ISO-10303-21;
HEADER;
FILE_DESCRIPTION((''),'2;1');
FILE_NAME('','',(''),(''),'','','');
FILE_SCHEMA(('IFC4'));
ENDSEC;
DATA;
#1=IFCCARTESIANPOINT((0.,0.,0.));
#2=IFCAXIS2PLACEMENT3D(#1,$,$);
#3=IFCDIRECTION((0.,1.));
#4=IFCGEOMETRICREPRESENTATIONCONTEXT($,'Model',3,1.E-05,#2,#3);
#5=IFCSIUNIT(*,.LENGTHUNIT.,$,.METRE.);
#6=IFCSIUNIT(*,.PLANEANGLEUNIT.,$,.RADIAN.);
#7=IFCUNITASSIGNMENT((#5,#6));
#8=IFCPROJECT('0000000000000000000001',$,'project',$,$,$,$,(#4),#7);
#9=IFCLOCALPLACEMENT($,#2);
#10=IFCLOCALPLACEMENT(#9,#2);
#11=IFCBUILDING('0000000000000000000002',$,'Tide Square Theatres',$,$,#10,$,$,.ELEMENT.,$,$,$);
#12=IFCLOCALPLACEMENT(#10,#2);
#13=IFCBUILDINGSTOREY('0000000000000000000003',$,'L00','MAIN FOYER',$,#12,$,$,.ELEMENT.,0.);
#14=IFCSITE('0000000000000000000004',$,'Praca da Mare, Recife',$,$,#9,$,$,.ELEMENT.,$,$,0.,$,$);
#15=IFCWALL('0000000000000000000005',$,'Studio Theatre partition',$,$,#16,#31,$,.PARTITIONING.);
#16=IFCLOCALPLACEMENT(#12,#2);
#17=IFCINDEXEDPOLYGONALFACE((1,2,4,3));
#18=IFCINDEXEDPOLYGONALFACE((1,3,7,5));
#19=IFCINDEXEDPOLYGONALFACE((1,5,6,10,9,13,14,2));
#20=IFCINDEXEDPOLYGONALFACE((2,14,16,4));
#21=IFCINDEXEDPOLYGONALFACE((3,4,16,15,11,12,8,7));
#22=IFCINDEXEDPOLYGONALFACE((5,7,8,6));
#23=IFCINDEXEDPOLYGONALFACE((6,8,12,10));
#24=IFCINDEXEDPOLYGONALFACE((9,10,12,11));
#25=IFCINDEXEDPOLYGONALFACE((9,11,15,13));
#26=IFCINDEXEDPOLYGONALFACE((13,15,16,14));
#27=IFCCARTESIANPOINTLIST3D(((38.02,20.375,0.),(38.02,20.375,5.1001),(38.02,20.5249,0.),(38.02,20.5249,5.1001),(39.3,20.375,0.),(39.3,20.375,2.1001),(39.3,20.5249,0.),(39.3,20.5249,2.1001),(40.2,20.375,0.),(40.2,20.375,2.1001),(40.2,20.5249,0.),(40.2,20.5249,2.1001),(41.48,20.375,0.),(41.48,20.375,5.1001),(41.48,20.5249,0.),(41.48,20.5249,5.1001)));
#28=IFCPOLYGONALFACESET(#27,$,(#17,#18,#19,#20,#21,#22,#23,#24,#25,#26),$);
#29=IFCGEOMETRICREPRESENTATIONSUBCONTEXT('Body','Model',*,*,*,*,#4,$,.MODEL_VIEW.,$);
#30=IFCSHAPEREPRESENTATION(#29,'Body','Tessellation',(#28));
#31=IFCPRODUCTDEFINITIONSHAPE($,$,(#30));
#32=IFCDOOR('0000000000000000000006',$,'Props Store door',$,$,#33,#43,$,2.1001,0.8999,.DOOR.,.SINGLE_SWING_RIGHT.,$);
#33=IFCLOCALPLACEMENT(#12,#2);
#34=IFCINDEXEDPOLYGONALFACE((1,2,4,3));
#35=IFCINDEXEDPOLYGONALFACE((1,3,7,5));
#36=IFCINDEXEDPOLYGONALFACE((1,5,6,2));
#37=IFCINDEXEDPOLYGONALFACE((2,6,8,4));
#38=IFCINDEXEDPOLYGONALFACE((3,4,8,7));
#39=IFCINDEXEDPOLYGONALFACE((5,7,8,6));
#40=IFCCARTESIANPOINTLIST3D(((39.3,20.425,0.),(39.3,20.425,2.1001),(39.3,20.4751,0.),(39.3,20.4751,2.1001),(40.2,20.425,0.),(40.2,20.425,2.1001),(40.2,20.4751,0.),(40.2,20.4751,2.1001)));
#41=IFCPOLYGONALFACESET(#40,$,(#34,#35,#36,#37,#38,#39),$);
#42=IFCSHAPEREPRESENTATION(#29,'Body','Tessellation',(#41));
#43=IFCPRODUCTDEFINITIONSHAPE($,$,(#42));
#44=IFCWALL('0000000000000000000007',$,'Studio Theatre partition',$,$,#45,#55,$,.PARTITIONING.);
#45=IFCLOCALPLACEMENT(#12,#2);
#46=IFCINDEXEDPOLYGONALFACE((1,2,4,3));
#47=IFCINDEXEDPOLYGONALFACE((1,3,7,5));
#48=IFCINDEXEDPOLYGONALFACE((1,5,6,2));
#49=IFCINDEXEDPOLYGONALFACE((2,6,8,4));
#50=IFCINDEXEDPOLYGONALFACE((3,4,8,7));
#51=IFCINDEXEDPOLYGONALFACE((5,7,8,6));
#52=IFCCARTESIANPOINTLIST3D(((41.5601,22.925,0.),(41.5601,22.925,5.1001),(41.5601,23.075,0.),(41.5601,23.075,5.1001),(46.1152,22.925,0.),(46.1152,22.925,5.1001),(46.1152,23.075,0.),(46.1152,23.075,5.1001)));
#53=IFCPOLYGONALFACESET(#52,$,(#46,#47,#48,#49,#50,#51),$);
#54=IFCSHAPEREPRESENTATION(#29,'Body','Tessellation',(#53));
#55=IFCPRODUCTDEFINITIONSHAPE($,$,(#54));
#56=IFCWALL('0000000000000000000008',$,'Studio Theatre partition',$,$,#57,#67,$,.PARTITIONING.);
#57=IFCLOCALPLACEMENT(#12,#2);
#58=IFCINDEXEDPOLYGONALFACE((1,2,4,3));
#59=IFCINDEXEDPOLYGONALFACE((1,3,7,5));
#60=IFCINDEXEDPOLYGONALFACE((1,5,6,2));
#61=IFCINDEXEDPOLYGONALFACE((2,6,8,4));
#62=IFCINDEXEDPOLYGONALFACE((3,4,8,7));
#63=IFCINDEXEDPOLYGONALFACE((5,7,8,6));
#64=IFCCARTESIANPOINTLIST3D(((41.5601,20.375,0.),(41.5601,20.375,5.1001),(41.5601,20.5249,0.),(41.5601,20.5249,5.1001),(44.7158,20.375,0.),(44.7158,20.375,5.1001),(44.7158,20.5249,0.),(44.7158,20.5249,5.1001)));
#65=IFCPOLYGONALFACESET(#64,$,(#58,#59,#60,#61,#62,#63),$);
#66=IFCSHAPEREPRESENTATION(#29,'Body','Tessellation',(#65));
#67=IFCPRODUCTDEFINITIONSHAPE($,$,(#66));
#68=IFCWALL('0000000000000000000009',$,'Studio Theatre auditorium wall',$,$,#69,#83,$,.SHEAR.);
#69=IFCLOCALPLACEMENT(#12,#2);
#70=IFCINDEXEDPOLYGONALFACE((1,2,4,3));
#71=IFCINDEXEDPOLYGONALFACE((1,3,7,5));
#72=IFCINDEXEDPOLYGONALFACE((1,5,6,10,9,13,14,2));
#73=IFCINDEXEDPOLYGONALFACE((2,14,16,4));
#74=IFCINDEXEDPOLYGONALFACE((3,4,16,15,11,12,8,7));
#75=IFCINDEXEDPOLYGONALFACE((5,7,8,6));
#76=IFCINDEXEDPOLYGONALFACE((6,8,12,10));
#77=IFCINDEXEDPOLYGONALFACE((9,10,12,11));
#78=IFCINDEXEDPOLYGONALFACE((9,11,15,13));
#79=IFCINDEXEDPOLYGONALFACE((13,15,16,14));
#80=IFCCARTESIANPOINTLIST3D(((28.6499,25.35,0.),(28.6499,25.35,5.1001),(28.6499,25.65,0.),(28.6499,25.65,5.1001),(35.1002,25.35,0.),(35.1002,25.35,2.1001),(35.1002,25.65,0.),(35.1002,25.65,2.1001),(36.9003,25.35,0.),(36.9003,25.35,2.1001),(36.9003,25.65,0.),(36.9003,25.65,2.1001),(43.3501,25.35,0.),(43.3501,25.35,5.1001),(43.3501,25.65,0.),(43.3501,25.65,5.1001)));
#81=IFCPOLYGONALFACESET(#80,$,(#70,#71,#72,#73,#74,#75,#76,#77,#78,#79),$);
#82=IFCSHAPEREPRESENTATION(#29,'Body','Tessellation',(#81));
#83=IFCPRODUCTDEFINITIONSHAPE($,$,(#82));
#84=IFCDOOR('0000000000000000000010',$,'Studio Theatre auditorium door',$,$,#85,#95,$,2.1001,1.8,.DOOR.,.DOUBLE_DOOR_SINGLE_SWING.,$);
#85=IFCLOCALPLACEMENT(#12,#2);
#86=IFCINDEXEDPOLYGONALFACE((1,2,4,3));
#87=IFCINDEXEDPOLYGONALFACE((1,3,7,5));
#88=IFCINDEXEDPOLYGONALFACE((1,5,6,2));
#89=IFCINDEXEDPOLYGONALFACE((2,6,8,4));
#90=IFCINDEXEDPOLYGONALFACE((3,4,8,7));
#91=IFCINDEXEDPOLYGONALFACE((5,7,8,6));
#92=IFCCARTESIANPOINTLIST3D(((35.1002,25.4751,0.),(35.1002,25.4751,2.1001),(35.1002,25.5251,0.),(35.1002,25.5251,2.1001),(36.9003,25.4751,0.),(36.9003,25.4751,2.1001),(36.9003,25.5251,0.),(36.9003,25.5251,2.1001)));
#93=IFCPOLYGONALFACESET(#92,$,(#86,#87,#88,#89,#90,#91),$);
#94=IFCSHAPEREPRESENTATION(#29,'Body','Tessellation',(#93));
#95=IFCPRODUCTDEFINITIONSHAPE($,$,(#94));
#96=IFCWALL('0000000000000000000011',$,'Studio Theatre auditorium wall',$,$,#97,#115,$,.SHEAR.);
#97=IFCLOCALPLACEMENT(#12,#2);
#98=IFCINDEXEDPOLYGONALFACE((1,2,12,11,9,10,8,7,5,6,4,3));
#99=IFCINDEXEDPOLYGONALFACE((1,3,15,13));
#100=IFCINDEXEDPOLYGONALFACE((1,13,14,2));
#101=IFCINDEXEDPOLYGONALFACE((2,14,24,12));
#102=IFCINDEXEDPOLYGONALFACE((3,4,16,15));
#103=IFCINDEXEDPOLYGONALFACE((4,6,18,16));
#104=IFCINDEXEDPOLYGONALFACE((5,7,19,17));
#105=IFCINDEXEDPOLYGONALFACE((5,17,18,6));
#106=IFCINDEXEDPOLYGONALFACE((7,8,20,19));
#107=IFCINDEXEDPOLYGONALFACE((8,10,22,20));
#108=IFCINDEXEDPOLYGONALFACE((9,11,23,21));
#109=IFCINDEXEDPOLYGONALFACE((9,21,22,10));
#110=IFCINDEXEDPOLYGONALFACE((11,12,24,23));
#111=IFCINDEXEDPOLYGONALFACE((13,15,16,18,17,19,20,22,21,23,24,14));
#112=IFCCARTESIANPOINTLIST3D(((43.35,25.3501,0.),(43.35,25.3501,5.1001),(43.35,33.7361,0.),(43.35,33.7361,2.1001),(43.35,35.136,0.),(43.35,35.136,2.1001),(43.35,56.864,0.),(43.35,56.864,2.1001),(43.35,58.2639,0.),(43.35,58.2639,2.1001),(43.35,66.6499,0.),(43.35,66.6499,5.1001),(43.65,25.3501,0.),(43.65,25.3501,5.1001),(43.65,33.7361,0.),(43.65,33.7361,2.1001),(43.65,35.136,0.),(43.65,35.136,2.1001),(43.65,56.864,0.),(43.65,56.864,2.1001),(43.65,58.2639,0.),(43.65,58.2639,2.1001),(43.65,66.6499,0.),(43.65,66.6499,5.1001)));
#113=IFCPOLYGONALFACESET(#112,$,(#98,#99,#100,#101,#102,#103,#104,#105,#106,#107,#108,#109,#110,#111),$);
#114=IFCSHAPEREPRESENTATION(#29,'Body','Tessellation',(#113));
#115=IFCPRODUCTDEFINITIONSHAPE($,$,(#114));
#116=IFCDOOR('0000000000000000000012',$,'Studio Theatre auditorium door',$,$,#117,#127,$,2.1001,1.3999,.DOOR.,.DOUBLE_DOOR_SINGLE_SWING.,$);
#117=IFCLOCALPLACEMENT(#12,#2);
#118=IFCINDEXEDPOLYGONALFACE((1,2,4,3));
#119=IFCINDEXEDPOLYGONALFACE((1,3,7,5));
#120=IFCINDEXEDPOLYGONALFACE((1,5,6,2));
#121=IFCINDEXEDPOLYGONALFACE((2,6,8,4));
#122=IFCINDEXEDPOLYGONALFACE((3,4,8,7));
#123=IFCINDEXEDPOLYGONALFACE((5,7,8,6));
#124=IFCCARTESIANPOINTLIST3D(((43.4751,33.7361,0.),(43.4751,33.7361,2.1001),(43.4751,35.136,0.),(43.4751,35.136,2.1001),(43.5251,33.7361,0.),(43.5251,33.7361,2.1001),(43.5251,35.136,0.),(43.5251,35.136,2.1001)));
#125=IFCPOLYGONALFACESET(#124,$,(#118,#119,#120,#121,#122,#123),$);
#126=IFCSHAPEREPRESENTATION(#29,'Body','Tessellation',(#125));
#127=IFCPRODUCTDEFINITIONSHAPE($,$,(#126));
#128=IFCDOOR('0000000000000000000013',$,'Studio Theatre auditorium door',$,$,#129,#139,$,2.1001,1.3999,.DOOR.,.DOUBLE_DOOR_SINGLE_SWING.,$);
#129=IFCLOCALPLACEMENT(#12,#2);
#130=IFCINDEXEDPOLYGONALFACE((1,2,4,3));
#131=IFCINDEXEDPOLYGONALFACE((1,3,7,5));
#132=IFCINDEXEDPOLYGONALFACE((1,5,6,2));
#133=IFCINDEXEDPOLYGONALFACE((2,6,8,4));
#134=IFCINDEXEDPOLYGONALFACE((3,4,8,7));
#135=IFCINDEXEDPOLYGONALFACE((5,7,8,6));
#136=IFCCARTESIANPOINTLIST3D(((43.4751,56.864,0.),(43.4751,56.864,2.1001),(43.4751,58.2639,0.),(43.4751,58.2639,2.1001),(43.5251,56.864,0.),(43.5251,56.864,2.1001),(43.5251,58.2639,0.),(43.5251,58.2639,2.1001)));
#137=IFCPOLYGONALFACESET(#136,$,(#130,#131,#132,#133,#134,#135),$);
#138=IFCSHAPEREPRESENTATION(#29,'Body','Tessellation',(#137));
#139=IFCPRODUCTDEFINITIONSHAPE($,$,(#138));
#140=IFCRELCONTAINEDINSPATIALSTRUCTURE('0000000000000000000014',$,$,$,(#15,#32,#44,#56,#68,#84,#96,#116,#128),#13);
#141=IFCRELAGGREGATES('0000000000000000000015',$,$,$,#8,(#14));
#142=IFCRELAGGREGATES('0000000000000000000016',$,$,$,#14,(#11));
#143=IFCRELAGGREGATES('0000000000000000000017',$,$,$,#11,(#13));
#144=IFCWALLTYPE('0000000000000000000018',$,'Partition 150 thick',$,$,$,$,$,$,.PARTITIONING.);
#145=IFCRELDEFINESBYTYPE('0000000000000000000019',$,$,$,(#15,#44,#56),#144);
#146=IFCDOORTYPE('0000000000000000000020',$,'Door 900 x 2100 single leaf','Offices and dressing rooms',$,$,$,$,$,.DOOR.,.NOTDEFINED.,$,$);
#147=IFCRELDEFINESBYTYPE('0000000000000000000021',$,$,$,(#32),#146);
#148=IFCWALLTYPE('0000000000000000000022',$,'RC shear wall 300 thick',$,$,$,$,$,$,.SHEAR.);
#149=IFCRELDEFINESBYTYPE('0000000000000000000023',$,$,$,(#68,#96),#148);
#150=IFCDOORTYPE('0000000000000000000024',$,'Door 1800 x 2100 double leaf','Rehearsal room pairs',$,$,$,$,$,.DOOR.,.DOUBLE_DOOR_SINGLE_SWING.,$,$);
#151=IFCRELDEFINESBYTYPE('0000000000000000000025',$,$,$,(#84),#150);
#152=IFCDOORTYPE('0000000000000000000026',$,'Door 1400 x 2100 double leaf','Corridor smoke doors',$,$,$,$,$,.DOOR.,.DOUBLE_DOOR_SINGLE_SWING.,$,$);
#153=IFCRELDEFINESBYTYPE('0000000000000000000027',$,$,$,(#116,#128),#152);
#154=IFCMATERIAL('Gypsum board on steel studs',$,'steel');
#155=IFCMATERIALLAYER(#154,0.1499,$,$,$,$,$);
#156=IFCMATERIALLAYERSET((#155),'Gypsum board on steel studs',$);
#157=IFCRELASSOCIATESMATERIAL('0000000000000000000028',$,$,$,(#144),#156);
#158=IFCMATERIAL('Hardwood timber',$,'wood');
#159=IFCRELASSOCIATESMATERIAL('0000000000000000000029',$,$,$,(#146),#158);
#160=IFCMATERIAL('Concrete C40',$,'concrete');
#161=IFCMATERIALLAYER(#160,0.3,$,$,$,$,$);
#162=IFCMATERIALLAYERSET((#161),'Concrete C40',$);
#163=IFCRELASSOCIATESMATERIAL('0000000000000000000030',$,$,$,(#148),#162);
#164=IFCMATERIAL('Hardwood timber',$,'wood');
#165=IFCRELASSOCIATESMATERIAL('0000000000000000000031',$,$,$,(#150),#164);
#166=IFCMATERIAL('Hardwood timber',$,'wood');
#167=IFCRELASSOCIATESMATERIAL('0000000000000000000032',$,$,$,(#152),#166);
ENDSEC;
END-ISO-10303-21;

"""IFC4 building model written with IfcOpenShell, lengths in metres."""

from ifc_helpers import new_model, si_unit, direction, frame, frame_2d, origin, place, context, subcontext, project, spatial, rectangle, extrude, material, layer, layer_set, type_object, element, fill, save


model = new_model("IFC4")

# Units and contexts
model_context = context("Model", 3, precision=1e-05, world=origin(), true_north=direction((0.0, 1.0)))
body_context = subcontext(model_context, "Body", "Model", "MODEL_VIEW")
ifc_project = project(units=[si_unit("LENGTHUNIT", "METRE"), si_unit("PLANEANGLEUNIT", "RADIAN")], contexts=[model_context])

# Site, building, storey
site_placement = place(None, origin())
site = spatial("IfcSite", under=ifc_project, at=site_placement, Name="Praca da Mare, Recife", CompositionType="ELEMENT", RefElevation=0.0)
building_placement = place(site_placement, origin())
building = spatial("IfcBuilding", under=site, at=building_placement, Name="Tide Square Theatres", CompositionType="ELEMENT")
storey_placement = place(building_placement, origin())
storey = spatial("IfcBuildingStorey", under=building, at=storey_placement, Name="L00", Description="MAIN FOYER", CompositionType="ELEMENT", Elevation=0.0)

# Shared definitions
ifc_material_1 = material(Name="Gypsum board on steel studs", Category="steel")
ifc_layer_1 = layer(ifc_material_1, 0.1499)
ifc_layer_set_1 = layer_set([ifc_layer_1], Name="Gypsum board on steel studs")
wall_type_1 = type_object("IfcWallType", Name="Partition 150 thick", PredefinedType="PARTITIONING", material=ifc_layer_set_1)

# Wall, opening, door
ifc_material_2 = material(Name="Hardwood timber", Category="wood")
door_type_1 = type_object("IfcDoorType", Name="Door 900 x 2100 single leaf", Description="Offices and dressing rooms", OperationType="NOTDEFINED", PredefinedType="DOOR", material=ifc_material_2)
wall_1_placement = place(storey_placement, frame((41.48, 20.45, 0.0), z_axis=(0.0, 0.0, 1.0), x_axis=(-1.0, 0.0, 0.0)))
wall_1 = element("IfcWall", 1, at=wall_1_placement, inside=storey, type_object=wall_type_1, Name="Studio Theatre partition", PredefinedType="PARTITIONING", context=body_context, shape_type="SweptSolid", body=[
    extrude(rectangle(XDim=3.46, YDim=0.1499, at=frame_2d((1.73, 0.0))), origin(), (0.0, 0.0, 1.0), 5.1001),
])
opening_1_placement = place(wall_1_placement, frame((1.28, 0.0, 0.0)))
opening_1 = element("IfcOpeningElement", 2, at=opening_1_placement, cuts=wall_1, PredefinedType="OPENING", context=body_context, shape_type="SweptSolid", body=[
    extrude(rectangle(XDim=0.8999, YDim=2.1001, at=frame_2d((0.45, 1.05))), frame((0.0, 0.085, 0.0), z_axis=(0.0, -1.0, 0.0), x_axis=(1.0, 0.0, 0.0)), (0.0, 0.0, 1.0), 0.1699),
])
door_1_placement = place(opening_1_placement, origin())
door_1 = element("IfcDoor", 3, at=door_1_placement, inside=storey, type_object=door_type_1, Name="Props Store door", OperationType="SINGLE_SWING_RIGHT", OverallHeight=2.1001, OverallWidth=0.8999, PredefinedType="DOOR", context=body_context, shape_type="SweptSolid", body=[
    extrude(rectangle(XDim=0.8999, YDim=2.1001, at=frame_2d((0.45, 1.05))), frame((0.0, 0.0249, 0.0), z_axis=(0.0, -1.0, 0.0), x_axis=(1.0, 0.0, 0.0)), (0.0, 0.0, 1.0), 0.05),
])
fill(opening_1, door_1)

# Walls
wall_2_placement = place(storey_placement, frame((41.5601, 23.0, 0.0), z_axis=(0.0, 0.0, 1.0), x_axis=(1.0, 0.0, 0.0)))
element("IfcWall", 4, at=wall_2_placement, inside=storey, type_object=wall_type_1, Name="Studio Theatre partition", PredefinedType="PARTITIONING", context=body_context, shape_type="SweptSolid", body=[
    extrude(rectangle(XDim=4.5552, YDim=0.1499, at=frame_2d((2.2776, 0.0))), origin(), (0.0, 0.0, 1.0), 5.1001),
])
wall_3_placement = place(storey_placement, frame((44.7158, 20.45, 0.0), z_axis=(0.0, 0.0, 1.0), x_axis=(-1.0, 0.0, 0.0)))
element("IfcWall", 5, at=wall_3_placement, inside=storey, type_object=wall_type_1, Name="Studio Theatre partition", PredefinedType="PARTITIONING", context=body_context, shape_type="SweptSolid", body=[
    extrude(rectangle(XDim=3.1558, YDim=0.1499, at=frame_2d((1.5779, 0.0))), origin(), (0.0, 0.0, 1.0), 5.1001),
])

# Wall, opening, door
ifc_material_3 = material(Name="Concrete C40", Category="concrete")
ifc_layer_2 = layer(ifc_material_3, 0.3)
ifc_layer_set_2 = layer_set([ifc_layer_2], Name="Concrete C40")
wall_type_2 = type_object("IfcWallType", Name="RC shear wall 300 thick", PredefinedType="SHEAR", material=ifc_layer_set_2)
wall_4_placement = place(storey_placement, frame((43.3501, 25.5, 0.0), z_axis=(0.0, 0.0, 1.0), x_axis=(-1.0, 0.0, 0.0)))
wall_4 = element("IfcWall", 6, at=wall_4_placement, inside=storey, type_object=wall_type_2, Name="Studio Theatre auditorium wall", PredefinedType="SHEAR", context=body_context, shape_type="SweptSolid", body=[
    extrude(rectangle(XDim=14.7002, YDim=0.3, at=frame_2d((7.3501, 0.0))), origin(), (0.0, 0.0, 1.0), 5.1001),
])
opening_2_placement = place(wall_4_placement, frame((6.45, 0.0, 0.0)))
opening_2 = element("IfcOpeningElement", 7, at=opening_2_placement, cuts=wall_4, PredefinedType="OPENING", context=body_context, shape_type="SweptSolid", body=[
    extrude(rectangle(XDim=1.8, YDim=2.1001, at=frame_2d((0.8999, 1.05))), frame((0.0, 0.1599, 0.0), z_axis=(0.0, -1.0, 0.0), x_axis=(1.0, 0.0, 0.0)), (0.0, 0.0, 1.0), 0.3201),
])
ifc_material_4 = material(Name="Hardwood timber", Category="wood")
door_type_2 = type_object("IfcDoorType", Name="Door 1800 x 2100 double leaf", Description="Rehearsal room pairs", OperationType="DOUBLE_DOOR_SINGLE_SWING", PredefinedType="DOOR", material=ifc_material_4)
door_2_placement = place(opening_2_placement, origin())
door_2 = element("IfcDoor", 8, at=door_2_placement, inside=storey, type_object=door_type_2, Name="Studio Theatre auditorium door", OperationType="DOUBLE_DOOR_SINGLE_SWING", OverallHeight=2.1001, OverallWidth=1.8, PredefinedType="DOOR", context=body_context, shape_type="SweptSolid", body=[
    extrude(rectangle(XDim=1.8, YDim=2.1001, at=frame_2d((0.8999, 1.05))), frame((0.0, 0.0249, 0.0), z_axis=(0.0, -1.0, 0.0), x_axis=(1.0, 0.0, 0.0)), (0.0, 0.0, 1.0), 0.05),
])
fill(opening_2, door_2)

# Wall, openings, doors
wall_5_placement = place(storey_placement, frame((43.5, 25.3501, 0.0), z_axis=(0.0, 0.0, 1.0), x_axis=(0.0, 1.0, 0.0)))
wall_5 = element("IfcWall", 9, at=wall_5_placement, inside=storey, type_object=wall_type_2, Name="Studio Theatre auditorium wall", PredefinedType="SHEAR", context=body_context, shape_type="SweptSolid", body=[
    extrude(rectangle(XDim=41.2998, YDim=0.3, at=frame_2d((20.6499, 0.0))), origin(), (0.0, 0.0, 1.0), 5.1001),
])
opening_3_placement = place(wall_5_placement, frame((8.386, 0.0, 0.0)))
opening_3 = element("IfcOpeningElement", 10, at=opening_3_placement, cuts=wall_5, PredefinedType="OPENING", context=body_context, shape_type="SweptSolid", body=[
    extrude(rectangle(XDim=1.3999, YDim=2.1001, at=frame_2d((0.7, 1.05))), frame((0.0, 0.1599, 0.0), z_axis=(0.0, -1.0, 0.0), x_axis=(1.0, 0.0, 0.0)), (0.0, 0.0, 1.0), 0.3201),
])
opening_4_placement = place(wall_5_placement, frame((31.5139, 0.0, 0.0)))
opening_4 = element("IfcOpeningElement", 11, at=opening_4_placement, cuts=wall_5, PredefinedType="OPENING", context=body_context, shape_type="SweptSolid", body=[
    extrude(rectangle(XDim=1.3999, YDim=2.1001, at=frame_2d((0.7, 1.05))), frame((0.0, 0.1599, 0.0), z_axis=(0.0, -1.0, 0.0), x_axis=(1.0, 0.0, 0.0)), (0.0, 0.0, 1.0), 0.3201),
])
ifc_material_5 = material(Name="Hardwood timber", Category="wood")
door_type_3 = type_object("IfcDoorType", Name="Door 1400 x 2100 double leaf", Description="Corridor smoke doors", OperationType="DOUBLE_DOOR_SINGLE_SWING", PredefinedType="DOOR", material=ifc_material_5)
door_3_placement = place(opening_3_placement, origin())
door_3 = element("IfcDoor", 12, at=door_3_placement, inside=storey, type_object=door_type_3, Name="Studio Theatre auditorium door", OperationType="DOUBLE_DOOR_SINGLE_SWING", OverallHeight=2.1001, OverallWidth=1.3999, PredefinedType="DOOR", context=body_context, shape_type="SweptSolid", body=[
    extrude(rectangle(XDim=1.3999, YDim=2.1001, at=frame_2d((0.7, 1.05))), frame((0.0, 0.0249, 0.0), z_axis=(0.0, -1.0, 0.0), x_axis=(1.0, 0.0, 0.0)), (0.0, 0.0, 1.0), 0.05),
])
fill(opening_3, door_3)
door_4_placement = place(opening_4_placement, origin())
door_4 = element("IfcDoor", 13, at=door_4_placement, inside=storey, type_object=door_type_3, Name="Studio Theatre auditorium door", OperationType="DOUBLE_DOOR_SINGLE_SWING", OverallHeight=2.1001, OverallWidth=1.3999, PredefinedType="DOOR", context=body_context, shape_type="SweptSolid", body=[
    extrude(rectangle(XDim=1.3999, YDim=2.1001, at=frame_2d((0.7, 1.05))), frame((0.0, 0.0249, 0.0), z_axis=(0.0, -1.0, 0.0), x_axis=(1.0, 0.0, 0.0)), (0.0, 0.0, 1.0), 0.05),
])
fill(opening_4, door_4)

save(model, "model.ifc")
